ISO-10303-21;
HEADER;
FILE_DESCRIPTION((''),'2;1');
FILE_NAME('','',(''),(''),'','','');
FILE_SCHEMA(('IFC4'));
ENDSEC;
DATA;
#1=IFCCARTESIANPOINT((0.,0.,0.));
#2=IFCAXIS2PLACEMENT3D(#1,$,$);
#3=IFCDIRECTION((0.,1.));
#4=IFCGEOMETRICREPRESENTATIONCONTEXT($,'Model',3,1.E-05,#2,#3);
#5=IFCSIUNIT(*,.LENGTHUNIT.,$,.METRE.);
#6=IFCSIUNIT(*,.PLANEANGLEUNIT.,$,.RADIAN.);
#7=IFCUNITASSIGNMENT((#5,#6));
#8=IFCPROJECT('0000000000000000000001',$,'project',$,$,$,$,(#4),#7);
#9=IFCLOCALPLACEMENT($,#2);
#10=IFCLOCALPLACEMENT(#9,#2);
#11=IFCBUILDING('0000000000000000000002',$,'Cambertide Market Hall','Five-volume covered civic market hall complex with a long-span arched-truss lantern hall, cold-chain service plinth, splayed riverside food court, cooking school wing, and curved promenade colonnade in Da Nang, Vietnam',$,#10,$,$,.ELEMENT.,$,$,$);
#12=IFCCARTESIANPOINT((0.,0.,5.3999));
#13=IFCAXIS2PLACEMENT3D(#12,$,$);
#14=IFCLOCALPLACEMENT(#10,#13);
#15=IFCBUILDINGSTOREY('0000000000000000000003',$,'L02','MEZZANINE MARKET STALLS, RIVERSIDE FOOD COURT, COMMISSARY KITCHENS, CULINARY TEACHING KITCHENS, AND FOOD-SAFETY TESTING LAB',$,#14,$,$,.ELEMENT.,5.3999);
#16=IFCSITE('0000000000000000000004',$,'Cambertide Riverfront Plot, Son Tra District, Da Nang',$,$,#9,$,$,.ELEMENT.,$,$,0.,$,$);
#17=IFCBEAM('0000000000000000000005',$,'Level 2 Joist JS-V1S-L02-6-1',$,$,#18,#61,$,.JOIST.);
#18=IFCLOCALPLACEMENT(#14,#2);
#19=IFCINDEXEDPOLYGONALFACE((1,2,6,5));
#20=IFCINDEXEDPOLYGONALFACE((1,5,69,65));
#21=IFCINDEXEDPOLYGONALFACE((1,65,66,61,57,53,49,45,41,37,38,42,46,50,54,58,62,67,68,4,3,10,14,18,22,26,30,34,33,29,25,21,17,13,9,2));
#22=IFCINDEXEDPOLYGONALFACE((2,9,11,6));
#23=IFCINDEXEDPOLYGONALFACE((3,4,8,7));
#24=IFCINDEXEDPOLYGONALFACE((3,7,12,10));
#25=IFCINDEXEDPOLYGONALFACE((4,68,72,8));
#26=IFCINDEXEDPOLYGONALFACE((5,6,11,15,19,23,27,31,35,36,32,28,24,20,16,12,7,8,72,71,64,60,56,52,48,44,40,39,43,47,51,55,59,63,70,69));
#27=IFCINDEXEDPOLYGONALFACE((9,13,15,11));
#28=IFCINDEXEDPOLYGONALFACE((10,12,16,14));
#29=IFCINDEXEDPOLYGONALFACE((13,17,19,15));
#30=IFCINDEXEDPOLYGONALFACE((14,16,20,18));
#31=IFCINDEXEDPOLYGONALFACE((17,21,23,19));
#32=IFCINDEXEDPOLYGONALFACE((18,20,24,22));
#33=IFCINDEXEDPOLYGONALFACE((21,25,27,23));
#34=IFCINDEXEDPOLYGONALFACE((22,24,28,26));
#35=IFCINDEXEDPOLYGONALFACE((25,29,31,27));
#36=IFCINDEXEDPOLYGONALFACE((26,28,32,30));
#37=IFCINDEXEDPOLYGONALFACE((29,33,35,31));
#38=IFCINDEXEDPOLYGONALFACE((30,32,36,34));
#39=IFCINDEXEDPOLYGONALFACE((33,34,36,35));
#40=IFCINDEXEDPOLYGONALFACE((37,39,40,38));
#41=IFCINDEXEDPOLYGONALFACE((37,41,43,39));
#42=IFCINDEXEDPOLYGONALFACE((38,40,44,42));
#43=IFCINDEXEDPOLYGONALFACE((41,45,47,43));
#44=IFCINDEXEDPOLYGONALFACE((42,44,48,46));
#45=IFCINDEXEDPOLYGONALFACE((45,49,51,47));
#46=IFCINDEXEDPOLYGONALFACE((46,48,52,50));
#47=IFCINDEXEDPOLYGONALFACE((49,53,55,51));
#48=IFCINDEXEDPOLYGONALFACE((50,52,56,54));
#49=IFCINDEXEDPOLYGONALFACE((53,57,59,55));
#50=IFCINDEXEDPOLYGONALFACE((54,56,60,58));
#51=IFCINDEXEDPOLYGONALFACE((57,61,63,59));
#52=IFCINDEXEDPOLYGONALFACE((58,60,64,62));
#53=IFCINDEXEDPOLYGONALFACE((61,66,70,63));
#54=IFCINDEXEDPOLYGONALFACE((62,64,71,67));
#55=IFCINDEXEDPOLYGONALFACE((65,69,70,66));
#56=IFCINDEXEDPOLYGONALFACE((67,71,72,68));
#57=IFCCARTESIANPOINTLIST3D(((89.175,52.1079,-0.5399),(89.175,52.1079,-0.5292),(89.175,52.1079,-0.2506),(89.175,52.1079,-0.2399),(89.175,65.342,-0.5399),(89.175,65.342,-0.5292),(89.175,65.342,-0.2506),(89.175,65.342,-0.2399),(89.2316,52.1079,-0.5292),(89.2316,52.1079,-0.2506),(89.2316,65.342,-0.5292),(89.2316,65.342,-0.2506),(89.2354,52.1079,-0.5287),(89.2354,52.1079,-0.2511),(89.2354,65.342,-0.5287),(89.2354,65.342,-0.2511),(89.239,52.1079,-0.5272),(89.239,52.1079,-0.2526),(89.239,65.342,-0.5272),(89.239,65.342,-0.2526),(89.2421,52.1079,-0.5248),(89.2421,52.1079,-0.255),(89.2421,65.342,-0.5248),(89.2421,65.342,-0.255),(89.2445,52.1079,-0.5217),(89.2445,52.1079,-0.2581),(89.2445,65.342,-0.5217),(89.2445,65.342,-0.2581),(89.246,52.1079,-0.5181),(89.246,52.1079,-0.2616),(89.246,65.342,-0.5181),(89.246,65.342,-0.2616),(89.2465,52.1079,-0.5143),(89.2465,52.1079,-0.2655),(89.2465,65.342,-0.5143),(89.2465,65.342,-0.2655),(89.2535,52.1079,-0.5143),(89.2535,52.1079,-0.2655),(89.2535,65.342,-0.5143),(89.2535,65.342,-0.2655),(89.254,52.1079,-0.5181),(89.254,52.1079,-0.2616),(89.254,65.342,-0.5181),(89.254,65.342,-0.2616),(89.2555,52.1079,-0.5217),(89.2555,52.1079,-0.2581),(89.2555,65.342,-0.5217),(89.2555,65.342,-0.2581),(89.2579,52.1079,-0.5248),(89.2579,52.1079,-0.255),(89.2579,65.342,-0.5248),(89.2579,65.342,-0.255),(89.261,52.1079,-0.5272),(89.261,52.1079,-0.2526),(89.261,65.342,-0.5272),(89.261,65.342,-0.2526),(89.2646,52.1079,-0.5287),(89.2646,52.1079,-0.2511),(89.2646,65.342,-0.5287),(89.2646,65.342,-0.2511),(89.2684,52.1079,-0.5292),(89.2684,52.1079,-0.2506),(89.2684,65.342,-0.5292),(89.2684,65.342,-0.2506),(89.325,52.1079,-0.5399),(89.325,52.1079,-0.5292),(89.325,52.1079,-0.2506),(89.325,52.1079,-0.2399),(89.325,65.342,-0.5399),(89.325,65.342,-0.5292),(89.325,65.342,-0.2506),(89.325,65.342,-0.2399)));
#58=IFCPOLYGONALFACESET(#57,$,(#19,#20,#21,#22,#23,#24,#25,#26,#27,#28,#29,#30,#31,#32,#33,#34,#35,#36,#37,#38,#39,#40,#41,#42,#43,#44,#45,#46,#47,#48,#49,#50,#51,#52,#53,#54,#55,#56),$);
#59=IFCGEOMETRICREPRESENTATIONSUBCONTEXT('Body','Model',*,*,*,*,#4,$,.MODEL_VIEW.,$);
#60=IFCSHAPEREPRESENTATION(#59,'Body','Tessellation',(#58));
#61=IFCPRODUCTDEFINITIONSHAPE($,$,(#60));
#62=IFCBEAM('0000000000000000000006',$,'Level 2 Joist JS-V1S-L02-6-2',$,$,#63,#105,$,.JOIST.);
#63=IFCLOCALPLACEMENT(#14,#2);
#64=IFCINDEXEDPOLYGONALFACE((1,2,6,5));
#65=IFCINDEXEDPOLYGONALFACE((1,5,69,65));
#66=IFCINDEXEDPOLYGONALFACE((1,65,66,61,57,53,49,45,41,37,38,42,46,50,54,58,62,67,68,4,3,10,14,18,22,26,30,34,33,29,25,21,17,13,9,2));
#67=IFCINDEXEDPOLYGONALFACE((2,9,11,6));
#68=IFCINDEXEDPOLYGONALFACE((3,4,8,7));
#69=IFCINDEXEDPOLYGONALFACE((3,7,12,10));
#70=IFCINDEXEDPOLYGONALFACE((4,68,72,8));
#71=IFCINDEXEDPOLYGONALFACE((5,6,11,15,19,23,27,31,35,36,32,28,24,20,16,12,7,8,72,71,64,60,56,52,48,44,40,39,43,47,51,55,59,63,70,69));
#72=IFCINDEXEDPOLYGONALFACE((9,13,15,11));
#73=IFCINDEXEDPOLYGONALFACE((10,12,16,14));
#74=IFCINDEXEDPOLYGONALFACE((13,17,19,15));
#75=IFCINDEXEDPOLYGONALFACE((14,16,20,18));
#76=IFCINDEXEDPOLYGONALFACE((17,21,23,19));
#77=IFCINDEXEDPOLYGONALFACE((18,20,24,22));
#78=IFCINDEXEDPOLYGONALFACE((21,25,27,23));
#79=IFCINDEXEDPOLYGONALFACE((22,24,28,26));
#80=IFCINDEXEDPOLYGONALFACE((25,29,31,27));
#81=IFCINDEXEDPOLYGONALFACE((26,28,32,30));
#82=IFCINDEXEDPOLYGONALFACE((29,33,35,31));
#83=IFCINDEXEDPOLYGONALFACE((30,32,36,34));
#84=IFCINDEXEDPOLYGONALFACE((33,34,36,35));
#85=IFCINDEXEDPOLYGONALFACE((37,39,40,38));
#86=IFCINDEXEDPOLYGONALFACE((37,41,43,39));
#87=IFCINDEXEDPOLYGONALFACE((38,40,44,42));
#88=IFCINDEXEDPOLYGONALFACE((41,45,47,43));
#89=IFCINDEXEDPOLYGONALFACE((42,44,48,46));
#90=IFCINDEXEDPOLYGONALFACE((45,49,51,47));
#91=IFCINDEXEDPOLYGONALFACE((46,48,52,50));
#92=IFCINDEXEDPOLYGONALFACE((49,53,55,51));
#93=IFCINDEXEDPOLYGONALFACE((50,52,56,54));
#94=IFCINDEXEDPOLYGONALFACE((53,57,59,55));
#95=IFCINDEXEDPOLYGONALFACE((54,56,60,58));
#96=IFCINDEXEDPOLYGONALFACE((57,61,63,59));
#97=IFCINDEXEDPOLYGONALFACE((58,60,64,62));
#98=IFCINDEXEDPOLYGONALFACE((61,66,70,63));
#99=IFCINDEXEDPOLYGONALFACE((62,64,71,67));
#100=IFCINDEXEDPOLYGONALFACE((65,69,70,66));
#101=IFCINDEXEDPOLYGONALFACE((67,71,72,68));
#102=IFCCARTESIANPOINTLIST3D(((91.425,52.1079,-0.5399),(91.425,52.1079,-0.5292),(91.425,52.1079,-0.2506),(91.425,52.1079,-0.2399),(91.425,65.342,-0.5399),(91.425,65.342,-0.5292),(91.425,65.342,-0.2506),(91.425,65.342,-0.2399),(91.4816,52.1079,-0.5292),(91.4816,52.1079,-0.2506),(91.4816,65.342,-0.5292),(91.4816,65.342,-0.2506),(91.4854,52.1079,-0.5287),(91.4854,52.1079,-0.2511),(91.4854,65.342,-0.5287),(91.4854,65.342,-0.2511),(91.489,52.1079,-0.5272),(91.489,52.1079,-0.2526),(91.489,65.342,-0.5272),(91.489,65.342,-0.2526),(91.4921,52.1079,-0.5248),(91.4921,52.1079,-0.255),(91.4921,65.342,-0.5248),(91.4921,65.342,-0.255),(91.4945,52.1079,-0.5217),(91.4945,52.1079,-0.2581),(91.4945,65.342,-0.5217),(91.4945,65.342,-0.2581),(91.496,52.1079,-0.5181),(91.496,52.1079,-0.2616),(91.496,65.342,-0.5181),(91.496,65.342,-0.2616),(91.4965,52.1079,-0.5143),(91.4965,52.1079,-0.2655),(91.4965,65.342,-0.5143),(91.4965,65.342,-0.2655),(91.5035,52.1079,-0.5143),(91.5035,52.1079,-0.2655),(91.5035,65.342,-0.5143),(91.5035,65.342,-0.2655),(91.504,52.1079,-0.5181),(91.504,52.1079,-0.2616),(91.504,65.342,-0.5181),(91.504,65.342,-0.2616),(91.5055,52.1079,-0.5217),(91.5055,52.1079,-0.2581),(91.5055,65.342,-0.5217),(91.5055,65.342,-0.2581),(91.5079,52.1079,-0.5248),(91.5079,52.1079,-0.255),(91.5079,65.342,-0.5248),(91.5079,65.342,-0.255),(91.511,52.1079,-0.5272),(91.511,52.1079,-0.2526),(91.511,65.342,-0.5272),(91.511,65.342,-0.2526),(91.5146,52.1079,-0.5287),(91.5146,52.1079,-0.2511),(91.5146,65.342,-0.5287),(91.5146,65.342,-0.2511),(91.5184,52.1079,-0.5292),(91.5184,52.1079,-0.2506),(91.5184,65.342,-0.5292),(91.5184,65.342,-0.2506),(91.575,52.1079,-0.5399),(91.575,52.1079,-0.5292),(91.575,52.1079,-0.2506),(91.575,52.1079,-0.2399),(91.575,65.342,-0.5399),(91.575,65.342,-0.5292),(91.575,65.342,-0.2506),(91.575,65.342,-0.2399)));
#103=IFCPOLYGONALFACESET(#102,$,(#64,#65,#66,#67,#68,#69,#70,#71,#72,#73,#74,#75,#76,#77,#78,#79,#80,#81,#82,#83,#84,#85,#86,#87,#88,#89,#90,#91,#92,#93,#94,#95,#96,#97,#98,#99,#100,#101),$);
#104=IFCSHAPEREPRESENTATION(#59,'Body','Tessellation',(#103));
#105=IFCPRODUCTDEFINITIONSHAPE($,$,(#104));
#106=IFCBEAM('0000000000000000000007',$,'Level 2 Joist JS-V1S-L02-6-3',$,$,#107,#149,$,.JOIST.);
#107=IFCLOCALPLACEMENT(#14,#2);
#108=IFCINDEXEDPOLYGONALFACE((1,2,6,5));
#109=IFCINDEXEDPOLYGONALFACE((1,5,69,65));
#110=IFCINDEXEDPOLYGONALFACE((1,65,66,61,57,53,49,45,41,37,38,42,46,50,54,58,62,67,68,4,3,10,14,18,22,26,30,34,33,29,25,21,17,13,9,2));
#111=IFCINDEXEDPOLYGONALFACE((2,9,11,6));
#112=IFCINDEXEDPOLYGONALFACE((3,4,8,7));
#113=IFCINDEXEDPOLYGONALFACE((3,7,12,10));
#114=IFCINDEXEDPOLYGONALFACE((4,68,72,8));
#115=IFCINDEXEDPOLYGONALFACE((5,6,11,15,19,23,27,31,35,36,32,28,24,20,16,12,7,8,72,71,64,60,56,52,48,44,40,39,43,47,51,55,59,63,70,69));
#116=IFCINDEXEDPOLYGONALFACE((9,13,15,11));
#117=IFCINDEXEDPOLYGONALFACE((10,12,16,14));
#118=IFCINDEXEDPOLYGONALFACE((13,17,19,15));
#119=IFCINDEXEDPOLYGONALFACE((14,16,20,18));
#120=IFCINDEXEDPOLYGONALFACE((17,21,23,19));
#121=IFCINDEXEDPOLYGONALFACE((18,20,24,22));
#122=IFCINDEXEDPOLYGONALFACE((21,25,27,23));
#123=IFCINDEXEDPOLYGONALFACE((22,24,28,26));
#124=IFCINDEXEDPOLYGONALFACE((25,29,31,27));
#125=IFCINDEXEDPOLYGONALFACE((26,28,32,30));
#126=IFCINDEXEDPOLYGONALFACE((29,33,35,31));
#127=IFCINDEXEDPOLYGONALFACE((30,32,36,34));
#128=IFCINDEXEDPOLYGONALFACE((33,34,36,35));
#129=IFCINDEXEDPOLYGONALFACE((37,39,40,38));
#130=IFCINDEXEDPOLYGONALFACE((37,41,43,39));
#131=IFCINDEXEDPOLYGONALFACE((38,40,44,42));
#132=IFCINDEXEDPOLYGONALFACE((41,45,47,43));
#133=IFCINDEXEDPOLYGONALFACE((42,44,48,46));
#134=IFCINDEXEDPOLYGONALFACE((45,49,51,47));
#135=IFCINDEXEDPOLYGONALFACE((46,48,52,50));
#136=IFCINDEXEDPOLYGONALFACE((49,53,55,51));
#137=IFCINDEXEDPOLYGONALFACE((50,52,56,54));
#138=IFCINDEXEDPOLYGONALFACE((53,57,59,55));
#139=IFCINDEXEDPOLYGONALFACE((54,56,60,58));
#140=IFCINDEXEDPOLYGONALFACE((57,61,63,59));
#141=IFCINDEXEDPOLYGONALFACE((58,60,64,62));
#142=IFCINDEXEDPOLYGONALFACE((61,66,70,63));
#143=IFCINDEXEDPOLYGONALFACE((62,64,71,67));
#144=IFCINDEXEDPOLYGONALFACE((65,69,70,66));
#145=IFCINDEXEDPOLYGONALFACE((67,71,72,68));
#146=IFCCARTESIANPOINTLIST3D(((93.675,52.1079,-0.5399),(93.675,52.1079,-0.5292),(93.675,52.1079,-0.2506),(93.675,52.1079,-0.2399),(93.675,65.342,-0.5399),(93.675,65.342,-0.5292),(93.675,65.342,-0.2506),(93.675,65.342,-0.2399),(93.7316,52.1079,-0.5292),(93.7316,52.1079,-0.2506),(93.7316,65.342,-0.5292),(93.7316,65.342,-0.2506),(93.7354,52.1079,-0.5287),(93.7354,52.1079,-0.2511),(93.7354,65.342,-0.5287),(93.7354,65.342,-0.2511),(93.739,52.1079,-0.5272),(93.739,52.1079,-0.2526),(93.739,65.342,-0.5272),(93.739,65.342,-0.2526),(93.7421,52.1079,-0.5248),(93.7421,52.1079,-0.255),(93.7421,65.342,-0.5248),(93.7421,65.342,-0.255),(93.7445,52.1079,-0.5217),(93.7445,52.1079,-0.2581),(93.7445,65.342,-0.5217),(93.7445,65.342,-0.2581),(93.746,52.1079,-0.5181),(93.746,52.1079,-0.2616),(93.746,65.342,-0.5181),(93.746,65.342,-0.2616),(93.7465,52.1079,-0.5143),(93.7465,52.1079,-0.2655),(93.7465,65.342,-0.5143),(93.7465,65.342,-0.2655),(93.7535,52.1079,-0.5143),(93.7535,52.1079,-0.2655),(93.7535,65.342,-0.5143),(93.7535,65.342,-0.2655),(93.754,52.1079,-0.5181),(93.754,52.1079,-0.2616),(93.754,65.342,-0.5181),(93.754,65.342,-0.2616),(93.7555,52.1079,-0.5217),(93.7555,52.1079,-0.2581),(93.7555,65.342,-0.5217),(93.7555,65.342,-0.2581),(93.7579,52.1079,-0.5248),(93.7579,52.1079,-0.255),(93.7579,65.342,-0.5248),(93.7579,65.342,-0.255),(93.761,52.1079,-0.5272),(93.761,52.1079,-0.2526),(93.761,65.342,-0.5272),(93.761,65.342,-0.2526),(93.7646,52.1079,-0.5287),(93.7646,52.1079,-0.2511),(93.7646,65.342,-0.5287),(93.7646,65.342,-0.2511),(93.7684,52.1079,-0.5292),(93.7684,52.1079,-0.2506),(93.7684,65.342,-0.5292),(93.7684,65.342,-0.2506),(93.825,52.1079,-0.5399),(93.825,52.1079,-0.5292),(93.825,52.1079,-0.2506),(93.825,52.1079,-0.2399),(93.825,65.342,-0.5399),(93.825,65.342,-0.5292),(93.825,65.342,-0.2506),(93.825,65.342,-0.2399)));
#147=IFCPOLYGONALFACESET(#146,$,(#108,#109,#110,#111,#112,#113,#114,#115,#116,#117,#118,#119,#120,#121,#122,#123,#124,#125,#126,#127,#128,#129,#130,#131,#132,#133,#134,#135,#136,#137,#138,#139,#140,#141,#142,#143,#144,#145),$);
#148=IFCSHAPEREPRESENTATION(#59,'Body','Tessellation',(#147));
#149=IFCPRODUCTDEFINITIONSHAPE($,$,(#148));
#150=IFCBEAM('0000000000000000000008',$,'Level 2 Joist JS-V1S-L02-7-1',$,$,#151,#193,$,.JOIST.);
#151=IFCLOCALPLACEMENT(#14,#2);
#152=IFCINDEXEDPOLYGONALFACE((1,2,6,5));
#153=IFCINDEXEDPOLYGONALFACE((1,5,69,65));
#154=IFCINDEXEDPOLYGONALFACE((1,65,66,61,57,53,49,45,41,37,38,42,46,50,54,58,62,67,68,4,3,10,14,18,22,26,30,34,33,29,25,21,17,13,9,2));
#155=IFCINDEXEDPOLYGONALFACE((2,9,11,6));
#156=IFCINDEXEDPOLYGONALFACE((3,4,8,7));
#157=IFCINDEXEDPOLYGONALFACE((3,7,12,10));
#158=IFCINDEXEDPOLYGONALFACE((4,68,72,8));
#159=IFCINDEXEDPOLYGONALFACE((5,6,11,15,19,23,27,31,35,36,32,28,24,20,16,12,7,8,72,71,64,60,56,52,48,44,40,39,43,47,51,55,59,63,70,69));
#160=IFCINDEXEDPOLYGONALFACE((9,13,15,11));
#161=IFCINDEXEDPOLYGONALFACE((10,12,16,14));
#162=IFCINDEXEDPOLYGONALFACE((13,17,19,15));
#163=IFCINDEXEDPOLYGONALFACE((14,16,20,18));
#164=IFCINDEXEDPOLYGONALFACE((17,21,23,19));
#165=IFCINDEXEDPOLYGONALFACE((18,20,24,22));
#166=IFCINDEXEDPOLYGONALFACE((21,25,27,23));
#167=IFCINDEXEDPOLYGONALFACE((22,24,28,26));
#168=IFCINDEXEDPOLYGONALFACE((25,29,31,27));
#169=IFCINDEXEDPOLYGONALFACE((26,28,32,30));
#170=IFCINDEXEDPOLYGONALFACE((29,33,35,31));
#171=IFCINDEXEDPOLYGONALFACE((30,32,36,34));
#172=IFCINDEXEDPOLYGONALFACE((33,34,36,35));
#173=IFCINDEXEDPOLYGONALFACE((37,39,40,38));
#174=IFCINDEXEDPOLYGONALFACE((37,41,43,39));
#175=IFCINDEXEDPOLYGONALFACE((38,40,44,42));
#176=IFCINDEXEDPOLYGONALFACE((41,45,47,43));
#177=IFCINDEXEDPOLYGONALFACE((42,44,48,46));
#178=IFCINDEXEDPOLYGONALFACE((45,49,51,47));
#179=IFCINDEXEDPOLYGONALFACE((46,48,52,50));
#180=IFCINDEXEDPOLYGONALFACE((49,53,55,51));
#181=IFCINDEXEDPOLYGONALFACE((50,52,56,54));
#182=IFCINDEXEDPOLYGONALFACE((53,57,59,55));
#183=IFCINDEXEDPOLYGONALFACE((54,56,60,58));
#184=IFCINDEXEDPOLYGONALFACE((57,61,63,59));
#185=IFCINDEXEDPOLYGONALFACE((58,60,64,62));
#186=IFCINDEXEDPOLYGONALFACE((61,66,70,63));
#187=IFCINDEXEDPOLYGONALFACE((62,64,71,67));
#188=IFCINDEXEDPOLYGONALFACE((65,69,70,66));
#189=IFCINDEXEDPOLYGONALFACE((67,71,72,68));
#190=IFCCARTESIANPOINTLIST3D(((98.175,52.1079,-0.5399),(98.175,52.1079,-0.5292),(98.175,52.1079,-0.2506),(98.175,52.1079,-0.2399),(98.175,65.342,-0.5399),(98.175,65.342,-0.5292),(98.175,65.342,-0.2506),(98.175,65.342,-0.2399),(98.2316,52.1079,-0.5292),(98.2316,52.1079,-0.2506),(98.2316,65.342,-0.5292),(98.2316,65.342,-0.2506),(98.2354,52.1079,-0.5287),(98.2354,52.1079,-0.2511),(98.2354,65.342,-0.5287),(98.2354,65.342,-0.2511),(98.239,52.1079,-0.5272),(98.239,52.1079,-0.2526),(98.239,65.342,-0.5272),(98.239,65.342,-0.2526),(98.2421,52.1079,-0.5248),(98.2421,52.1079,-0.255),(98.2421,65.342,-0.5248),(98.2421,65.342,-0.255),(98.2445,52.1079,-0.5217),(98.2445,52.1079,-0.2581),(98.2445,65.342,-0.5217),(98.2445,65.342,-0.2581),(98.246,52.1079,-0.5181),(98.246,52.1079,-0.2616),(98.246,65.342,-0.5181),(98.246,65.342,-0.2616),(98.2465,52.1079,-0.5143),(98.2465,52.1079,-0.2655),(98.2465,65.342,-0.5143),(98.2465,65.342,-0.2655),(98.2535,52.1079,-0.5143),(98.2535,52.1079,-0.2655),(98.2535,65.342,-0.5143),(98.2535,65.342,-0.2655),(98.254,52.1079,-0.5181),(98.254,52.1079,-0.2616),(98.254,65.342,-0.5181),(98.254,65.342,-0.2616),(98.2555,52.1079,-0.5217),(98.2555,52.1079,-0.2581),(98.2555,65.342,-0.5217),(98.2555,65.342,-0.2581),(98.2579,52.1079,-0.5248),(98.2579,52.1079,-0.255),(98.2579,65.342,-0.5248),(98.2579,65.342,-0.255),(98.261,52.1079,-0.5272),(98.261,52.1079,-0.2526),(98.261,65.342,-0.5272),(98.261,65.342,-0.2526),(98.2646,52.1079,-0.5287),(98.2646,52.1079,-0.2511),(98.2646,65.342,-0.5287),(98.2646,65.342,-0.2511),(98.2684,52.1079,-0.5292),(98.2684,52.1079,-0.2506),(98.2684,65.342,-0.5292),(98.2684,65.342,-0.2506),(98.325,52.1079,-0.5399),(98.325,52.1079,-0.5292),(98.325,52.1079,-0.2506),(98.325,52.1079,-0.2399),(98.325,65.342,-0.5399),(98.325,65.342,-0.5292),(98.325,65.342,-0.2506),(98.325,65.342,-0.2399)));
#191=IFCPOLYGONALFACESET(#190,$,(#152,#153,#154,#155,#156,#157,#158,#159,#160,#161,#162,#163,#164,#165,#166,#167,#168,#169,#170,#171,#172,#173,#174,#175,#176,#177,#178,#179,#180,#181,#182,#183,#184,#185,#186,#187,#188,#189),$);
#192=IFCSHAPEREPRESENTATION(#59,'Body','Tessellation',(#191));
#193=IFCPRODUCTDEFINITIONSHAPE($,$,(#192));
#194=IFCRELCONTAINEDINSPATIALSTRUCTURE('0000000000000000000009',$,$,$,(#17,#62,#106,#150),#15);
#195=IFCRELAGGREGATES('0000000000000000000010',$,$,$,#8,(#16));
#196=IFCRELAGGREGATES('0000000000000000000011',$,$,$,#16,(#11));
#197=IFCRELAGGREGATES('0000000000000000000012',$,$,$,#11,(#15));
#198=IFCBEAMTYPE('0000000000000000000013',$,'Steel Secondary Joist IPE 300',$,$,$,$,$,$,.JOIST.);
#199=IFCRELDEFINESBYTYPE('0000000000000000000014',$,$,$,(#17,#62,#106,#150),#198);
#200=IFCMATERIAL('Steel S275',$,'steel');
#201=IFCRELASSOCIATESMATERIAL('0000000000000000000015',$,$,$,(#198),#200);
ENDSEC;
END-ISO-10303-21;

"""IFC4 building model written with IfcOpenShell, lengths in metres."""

from ifc_helpers import new_model, si_unit, direction, frame, origin, origin_2d, place, context, subcontext, project, spatial, i_section, extrude, material, material_profile, profile_set, type_object, element, save


model = new_model("IFC4")

# Units and contexts
model_context = context("Model", 3, precision=1e-05, world=origin(), true_north=direction((0.0, 1.0)))
body_context = subcontext(model_context, "Body", "Model", "MODEL_VIEW")
ifc_project = project(units=[si_unit("LENGTHUNIT", "METRE"), si_unit("PLANEANGLEUNIT", "RADIAN")], contexts=[model_context])

# Site, building, storey
site_placement = place(None, origin())
site = spatial("IfcSite", under=ifc_project, at=site_placement, Name="Cambertide Riverfront Plot, Son Tra District, Da Nang", CompositionType="ELEMENT", RefElevation=0.0)
building_placement = place(site_placement, origin())
building = spatial("IfcBuilding", under=site, at=building_placement, Name="Cambertide Market Hall", Description="Five-volume covered civic market hall complex with a long-span arched-truss lantern hall, cold-chain service plinth, splayed riverside food court, cooking school wing, and curved promenade colonnade in Da Nang, Vietnam", CompositionType="ELEMENT")
storey_placement = place(building_placement, frame((0.0, 0.0, 5.3999)))
storey = spatial("IfcBuildingStorey", under=building, at=storey_placement, Name="L02", Description="MEZZANINE MARKET STALLS, RIVERSIDE FOOD COURT, COMMISSARY KITCHENS, CULINARY TEACHING KITCHENS, AND FOOD-SAFETY TESTING LAB", CompositionType="ELEMENT", Elevation=5.3999)

# Beams
ifc_material_1 = material(Name="Steel S275", Category="steel")
ifc_material_profile_1 = material_profile(ifc_material_1, i_section(OverallWidth=0.1499, OverallDepth=0.3, WebThickness=0.0071, FlangeThickness=0.0107, FilletRadius=0.0149, at=origin_2d()), Name="IPE 300")
ifc_profile_set_1 = profile_set([ifc_material_profile_1], Name="Steel S275")
beam_type_1 = type_object("IfcBeamType", Name="Steel Secondary Joist IPE 300", PredefinedType="JOIST", material=ifc_profile_set_1)
for number, where, z_axis, x_axis, name in (
    (1, (89.25, 52.1079, -0.3899), (0.0, 1.0, 0.0), (-1.0, 0.0, 0.0), "Level 2 Joist JS-V1S-L02-6-1"),
    (2, (91.5, 52.1079, -0.3899), (0.0, 1.0, 0.0), (-1.0, 0.0, 0.0), "Level 2 Joist JS-V1S-L02-6-2"),
    (3, (93.75, 52.1079, -0.3899), (0.0, 1.0, 0.0), (-1.0, 0.0, 0.0), "Level 2 Joist JS-V1S-L02-6-3"),
    (4, (98.25, 52.1079, -0.3899), (0.0, 1.0, 0.0), (-1.0, 0.0, 0.0), "Level 2 Joist JS-V1S-L02-7-1"),
):
    element("IfcBeam", number, at=place(storey_placement, frame(where, z_axis=z_axis, x_axis=x_axis)), inside=storey, type_object=beam_type_1, Name=name, PredefinedType="JOIST", context=body_context, shape_type="SweptSolid", body=[
        extrude(i_section(OverallWidth=0.1499, OverallDepth=0.3, WebThickness=0.0071, FlangeThickness=0.0107, FilletRadius=0.0149, at=origin_2d()), origin(), (0.0, 0.0, 1.0), 13.2341),
    ])

save(model, "model.ifc")
